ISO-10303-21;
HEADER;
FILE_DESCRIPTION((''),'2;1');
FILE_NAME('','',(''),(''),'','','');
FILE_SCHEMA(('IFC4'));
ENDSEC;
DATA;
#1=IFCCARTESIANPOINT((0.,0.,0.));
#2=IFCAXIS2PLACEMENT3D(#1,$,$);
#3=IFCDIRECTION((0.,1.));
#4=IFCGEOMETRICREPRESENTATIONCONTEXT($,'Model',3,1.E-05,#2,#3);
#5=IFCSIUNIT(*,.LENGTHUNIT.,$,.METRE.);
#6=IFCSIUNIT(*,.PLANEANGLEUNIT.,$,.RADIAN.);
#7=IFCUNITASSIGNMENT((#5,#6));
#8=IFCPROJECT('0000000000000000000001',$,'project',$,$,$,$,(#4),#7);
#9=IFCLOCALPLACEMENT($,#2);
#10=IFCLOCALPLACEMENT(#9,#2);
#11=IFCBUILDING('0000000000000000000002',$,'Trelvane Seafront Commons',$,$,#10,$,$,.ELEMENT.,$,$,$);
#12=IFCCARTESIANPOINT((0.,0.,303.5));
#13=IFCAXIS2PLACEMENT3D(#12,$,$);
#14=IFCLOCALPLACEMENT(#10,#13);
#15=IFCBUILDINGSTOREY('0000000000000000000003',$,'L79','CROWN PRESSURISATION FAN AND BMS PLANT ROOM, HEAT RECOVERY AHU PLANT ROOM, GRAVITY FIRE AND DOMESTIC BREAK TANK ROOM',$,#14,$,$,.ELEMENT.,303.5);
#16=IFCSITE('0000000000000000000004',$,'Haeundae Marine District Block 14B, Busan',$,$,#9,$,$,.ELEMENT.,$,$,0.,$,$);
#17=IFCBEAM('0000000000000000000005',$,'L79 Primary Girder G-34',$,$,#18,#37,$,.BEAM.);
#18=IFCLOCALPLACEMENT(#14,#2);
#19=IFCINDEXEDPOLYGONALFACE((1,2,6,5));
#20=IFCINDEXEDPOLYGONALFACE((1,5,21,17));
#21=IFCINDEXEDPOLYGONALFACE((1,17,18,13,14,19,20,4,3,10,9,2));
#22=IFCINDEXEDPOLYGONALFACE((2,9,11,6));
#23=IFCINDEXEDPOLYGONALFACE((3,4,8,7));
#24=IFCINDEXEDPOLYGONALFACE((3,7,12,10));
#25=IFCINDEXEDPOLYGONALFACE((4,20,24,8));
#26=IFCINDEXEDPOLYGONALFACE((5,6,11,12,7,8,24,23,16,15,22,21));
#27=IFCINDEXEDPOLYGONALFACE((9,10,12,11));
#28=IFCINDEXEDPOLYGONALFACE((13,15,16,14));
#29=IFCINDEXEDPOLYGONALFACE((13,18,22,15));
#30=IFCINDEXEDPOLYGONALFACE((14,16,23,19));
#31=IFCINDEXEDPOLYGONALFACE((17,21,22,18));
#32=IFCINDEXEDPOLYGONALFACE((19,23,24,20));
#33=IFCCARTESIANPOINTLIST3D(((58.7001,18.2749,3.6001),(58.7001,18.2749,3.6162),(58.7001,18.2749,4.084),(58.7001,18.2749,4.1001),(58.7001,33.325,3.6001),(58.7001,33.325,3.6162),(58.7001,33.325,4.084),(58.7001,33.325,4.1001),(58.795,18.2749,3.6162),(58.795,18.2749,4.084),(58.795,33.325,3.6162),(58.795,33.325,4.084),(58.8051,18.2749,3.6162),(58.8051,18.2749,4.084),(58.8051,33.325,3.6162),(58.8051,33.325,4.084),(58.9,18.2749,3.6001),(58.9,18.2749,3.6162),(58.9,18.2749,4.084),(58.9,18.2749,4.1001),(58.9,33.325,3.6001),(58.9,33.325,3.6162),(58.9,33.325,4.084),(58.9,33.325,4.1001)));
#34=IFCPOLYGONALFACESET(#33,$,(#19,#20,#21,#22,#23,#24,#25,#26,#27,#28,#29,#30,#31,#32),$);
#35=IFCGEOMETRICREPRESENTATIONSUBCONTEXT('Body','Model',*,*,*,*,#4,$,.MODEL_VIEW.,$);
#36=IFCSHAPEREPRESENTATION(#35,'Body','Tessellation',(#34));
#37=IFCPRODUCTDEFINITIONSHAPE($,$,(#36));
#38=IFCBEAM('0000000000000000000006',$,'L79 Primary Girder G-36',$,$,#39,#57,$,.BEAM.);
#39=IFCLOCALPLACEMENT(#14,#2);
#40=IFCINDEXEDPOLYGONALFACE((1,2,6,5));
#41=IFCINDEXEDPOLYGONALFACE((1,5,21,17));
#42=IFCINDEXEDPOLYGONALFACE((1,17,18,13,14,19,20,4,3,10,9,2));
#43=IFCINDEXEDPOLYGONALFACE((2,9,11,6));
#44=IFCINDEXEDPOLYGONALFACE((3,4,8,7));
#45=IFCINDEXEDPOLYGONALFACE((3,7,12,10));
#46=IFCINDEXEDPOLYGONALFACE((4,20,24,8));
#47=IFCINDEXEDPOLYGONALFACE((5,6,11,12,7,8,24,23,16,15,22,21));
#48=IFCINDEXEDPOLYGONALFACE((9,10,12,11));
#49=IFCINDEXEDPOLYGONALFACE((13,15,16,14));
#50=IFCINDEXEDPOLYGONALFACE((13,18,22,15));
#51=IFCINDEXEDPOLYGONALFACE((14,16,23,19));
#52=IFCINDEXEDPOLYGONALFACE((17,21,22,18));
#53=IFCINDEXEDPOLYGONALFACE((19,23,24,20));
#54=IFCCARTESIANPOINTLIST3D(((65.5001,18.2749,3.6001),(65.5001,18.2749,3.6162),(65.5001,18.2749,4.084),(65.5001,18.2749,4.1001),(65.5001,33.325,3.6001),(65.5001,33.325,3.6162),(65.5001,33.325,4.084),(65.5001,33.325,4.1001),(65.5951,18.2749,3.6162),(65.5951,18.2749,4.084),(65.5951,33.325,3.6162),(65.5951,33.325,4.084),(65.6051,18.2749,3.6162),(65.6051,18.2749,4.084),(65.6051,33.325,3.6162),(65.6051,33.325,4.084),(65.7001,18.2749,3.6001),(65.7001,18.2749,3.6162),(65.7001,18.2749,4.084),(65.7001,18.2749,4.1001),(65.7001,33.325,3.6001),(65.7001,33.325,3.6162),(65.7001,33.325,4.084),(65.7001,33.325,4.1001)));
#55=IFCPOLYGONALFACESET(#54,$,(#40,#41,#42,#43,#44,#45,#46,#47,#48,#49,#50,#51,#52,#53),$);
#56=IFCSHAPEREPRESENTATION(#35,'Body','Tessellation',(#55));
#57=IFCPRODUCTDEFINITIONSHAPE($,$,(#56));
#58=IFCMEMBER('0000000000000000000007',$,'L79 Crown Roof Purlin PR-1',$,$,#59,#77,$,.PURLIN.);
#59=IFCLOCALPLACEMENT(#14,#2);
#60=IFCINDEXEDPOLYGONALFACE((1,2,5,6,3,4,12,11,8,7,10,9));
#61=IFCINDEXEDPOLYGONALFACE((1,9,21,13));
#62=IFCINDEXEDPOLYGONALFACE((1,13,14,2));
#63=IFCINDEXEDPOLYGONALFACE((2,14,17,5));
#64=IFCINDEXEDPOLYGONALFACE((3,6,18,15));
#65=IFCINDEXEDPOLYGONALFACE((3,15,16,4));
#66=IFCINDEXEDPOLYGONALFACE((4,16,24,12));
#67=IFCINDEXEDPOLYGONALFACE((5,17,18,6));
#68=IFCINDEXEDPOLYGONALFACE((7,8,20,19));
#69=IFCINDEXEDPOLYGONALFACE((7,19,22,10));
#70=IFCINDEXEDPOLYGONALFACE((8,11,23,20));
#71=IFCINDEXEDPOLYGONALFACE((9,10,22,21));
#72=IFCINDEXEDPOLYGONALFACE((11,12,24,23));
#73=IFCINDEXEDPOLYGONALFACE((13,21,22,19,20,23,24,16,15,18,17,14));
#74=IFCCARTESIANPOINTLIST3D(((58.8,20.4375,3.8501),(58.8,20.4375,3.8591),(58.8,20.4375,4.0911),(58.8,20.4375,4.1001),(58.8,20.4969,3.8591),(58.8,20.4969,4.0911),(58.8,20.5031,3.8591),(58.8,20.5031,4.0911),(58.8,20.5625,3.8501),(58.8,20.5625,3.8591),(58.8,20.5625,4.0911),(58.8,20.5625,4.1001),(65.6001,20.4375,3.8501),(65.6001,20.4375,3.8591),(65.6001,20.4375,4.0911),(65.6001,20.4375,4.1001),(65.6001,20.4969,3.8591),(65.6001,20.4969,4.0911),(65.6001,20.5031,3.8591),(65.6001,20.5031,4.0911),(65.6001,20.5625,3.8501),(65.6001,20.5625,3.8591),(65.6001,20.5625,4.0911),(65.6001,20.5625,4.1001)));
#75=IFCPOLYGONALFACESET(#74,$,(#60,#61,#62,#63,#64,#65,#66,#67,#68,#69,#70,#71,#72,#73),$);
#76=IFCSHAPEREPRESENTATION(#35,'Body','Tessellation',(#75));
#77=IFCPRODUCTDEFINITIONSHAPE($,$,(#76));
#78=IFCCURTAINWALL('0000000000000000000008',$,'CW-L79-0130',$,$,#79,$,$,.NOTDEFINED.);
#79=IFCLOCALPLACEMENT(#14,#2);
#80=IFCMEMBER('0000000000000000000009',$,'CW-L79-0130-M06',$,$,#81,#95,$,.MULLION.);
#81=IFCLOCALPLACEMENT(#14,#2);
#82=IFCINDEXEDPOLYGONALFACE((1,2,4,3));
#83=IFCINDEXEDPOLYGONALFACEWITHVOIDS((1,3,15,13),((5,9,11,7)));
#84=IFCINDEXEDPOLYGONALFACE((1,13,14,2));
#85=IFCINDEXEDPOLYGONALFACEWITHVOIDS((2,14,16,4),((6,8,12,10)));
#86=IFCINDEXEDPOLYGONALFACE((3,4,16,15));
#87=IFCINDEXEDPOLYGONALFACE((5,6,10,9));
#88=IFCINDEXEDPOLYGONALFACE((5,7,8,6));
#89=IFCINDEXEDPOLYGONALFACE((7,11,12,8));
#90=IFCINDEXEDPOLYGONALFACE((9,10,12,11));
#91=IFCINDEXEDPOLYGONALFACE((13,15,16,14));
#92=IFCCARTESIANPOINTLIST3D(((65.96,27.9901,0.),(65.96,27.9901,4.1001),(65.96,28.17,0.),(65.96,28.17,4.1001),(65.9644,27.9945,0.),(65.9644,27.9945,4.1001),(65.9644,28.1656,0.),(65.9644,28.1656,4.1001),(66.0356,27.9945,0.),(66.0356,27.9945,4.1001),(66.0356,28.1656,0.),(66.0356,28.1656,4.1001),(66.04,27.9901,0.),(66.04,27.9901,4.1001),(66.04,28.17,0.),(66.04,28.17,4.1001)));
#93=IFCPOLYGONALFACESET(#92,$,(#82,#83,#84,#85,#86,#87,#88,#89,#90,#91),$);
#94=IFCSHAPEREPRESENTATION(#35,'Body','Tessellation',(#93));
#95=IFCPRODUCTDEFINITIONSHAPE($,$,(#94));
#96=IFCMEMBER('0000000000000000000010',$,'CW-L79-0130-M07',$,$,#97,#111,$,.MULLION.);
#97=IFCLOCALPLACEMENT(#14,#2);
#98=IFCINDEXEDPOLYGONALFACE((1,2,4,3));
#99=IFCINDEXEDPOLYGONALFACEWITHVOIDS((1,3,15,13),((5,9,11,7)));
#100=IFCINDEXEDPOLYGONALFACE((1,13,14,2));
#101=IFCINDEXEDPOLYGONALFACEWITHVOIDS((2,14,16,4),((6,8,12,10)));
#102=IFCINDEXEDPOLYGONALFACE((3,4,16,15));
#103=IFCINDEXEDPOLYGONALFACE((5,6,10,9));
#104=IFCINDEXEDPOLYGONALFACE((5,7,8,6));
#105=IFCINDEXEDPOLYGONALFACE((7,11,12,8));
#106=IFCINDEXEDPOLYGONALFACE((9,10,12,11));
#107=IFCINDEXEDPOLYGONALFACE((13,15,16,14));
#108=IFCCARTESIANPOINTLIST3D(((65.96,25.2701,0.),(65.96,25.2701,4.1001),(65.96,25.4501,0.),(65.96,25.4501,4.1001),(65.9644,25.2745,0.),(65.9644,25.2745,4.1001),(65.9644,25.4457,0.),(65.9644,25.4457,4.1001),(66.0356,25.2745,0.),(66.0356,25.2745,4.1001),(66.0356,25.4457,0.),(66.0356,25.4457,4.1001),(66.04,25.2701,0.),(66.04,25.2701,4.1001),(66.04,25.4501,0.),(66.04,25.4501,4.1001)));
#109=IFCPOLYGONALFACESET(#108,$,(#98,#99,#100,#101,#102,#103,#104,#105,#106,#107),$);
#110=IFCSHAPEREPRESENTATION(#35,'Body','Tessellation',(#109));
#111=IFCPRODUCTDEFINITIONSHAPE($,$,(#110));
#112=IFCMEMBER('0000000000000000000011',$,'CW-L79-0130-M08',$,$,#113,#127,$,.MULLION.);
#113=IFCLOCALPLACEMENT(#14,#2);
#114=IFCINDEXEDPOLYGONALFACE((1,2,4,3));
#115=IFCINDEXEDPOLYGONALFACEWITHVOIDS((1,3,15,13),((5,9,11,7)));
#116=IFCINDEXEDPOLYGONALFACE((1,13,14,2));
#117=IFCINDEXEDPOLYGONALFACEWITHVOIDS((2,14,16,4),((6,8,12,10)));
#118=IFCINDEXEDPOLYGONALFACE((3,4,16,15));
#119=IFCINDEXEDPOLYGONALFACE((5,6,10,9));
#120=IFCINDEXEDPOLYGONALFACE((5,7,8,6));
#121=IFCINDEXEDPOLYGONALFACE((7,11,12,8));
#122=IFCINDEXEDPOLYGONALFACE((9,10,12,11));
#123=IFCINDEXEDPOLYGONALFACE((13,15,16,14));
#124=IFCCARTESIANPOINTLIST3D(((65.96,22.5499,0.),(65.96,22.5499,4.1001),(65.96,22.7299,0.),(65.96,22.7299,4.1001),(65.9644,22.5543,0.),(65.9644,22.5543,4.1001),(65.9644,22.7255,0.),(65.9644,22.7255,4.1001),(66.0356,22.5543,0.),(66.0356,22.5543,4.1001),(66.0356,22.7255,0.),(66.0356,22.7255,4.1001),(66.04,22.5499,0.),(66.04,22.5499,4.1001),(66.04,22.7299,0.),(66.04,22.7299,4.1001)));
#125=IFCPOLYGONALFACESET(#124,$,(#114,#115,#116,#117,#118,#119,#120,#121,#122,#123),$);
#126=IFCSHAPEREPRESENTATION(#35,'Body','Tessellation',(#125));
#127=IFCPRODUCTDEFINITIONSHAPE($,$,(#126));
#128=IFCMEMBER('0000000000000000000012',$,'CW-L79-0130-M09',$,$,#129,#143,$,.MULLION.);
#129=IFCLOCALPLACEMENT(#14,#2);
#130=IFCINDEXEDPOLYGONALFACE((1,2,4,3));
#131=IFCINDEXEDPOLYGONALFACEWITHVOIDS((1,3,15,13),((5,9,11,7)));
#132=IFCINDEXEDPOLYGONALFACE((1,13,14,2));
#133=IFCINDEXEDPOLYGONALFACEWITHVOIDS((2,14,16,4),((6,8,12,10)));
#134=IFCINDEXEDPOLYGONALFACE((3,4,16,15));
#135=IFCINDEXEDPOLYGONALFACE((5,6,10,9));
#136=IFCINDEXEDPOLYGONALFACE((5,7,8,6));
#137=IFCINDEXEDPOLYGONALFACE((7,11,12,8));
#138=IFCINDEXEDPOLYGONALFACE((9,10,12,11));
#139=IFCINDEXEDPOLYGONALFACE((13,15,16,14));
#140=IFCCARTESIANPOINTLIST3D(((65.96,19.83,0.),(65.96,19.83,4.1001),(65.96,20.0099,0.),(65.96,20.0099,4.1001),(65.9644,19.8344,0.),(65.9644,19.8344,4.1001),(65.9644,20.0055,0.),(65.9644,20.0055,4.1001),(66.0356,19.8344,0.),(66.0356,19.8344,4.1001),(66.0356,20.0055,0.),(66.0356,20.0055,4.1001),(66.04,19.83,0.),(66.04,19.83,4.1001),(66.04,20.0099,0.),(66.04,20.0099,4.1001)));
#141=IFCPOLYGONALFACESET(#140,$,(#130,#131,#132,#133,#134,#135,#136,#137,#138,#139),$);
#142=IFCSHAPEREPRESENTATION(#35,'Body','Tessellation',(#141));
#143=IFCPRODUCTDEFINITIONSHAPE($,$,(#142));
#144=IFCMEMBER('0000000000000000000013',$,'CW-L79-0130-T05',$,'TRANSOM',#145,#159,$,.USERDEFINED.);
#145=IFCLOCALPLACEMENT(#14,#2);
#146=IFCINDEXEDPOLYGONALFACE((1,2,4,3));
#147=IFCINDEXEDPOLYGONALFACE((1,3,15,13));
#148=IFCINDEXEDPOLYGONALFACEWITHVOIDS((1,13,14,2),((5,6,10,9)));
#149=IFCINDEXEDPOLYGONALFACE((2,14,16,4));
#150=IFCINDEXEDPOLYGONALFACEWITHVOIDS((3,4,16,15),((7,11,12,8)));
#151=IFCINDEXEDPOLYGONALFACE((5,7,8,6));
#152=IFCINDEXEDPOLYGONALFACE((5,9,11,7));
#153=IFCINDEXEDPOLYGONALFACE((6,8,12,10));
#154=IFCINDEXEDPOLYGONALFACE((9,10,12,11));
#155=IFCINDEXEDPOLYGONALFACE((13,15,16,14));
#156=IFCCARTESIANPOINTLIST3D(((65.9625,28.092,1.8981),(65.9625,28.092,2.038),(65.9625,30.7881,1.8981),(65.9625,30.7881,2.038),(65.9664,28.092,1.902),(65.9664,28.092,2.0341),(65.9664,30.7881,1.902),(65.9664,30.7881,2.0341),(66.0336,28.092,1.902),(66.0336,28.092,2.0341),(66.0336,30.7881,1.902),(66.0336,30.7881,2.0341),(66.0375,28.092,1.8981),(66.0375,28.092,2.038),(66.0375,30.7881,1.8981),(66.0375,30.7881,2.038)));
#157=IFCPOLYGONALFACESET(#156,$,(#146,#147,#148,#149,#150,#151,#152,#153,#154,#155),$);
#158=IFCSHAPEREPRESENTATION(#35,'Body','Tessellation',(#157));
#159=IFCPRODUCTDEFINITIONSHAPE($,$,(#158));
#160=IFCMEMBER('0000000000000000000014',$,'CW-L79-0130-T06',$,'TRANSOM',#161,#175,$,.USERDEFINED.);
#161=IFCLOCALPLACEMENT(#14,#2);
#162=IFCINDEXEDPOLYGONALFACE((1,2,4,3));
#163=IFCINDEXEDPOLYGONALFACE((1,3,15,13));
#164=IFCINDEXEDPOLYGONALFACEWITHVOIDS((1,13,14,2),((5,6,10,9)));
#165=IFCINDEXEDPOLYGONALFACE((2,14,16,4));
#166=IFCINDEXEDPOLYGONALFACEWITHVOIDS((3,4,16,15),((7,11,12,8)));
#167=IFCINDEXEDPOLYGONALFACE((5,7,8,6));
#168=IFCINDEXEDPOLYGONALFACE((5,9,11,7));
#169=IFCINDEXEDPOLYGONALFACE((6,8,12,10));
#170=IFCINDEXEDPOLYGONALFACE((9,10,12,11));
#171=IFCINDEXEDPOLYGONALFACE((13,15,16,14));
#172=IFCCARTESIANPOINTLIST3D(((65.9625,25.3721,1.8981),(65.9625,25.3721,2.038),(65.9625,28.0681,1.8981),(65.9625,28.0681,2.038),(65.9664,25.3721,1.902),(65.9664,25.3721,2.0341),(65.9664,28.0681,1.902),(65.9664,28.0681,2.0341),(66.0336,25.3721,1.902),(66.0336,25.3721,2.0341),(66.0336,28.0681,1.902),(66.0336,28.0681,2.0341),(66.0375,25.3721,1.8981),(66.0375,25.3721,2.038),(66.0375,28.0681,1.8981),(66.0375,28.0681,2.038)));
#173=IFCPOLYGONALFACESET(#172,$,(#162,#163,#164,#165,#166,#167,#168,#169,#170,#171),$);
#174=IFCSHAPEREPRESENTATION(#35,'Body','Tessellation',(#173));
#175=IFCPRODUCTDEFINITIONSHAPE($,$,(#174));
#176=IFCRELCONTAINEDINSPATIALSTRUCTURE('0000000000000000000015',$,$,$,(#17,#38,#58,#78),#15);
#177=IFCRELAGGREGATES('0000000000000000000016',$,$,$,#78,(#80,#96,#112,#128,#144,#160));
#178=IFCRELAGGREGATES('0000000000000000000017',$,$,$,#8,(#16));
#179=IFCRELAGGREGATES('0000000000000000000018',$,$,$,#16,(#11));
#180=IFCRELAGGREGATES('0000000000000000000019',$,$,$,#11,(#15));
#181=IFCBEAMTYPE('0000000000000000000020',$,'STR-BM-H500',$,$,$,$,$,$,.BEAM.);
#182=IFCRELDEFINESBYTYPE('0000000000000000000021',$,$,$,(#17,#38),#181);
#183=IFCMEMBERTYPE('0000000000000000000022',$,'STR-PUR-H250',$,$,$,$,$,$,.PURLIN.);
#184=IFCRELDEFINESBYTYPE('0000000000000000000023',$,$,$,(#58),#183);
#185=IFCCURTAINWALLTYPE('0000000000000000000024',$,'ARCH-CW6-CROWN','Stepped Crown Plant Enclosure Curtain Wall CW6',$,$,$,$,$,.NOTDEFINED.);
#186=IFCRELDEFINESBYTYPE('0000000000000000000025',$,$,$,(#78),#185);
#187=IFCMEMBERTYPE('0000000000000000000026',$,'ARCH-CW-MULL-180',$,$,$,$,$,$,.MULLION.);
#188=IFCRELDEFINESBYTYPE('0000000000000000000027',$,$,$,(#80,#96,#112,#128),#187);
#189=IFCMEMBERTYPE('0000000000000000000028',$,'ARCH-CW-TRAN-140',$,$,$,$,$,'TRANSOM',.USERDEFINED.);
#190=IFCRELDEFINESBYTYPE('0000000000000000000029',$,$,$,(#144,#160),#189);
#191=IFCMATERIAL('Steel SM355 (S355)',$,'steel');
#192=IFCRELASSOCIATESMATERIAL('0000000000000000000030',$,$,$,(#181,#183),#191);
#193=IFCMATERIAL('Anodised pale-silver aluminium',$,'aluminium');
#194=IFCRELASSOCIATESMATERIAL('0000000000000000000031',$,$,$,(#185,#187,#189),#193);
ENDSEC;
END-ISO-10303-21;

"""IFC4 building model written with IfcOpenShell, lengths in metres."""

from ifc_helpers import new_model, si_unit, direction, frame, origin, origin_2d, place, context, subcontext, project, spatial, hollow_rectangle, i_section, extrude, source, transform, mapped, material, material_profile, profile_set, type_object, element, aggregate, save


model = new_model("IFC4")

# Units and contexts
model_context = context("Model", 3, precision=1e-05, world=origin(), true_north=direction((0.0, 1.0)))
body_context = subcontext(model_context, "Body", "Model", "MODEL_VIEW")
ifc_project = project(units=[si_unit("LENGTHUNIT", "METRE"), si_unit("PLANEANGLEUNIT", "RADIAN")], contexts=[model_context])

# Site, building, storey
site_placement = place(None, origin())
site = spatial("IfcSite", under=ifc_project, at=site_placement, Name="Haeundae Marine District Block 14B, Busan", CompositionType="ELEMENT", RefElevation=0.0)
building_placement = place(site_placement, origin())
building = spatial("IfcBuilding", under=site, at=building_placement, Name="Trelvane Seafront Commons", CompositionType="ELEMENT")
storey_placement = place(building_placement, frame((0.0, 0.0, 303.5)))
storey = spatial("IfcBuildingStorey", under=building, at=storey_placement, Name="L79", Description="CROWN PRESSURISATION FAN AND BMS PLANT ROOM, HEAT RECOVERY AHU PLANT ROOM, GRAVITY FIRE AND DOMESTIC BREAK TANK ROOM", CompositionType="ELEMENT", Elevation=303.5)

# Beams
ifc_material_1 = material(Name="Steel SM355 (S355)", Category="steel")
ifc_material_profile_1 = material_profile(ifc_material_1, i_section(OverallWidth=0.2, OverallDepth=0.5, WebThickness=0.01, FlangeThickness=0.0161, at=origin_2d()), Name="H-500x200x10x16")
ifc_profile_set_1 = profile_set([ifc_material_profile_1], Name="Steel SM355 (S355)")
beam_type = type_object("IfcBeamType", Name="STR-BM-H500", PredefinedType="BEAM", material=ifc_profile_set_1)
shared_shape_1 = source(origin(), body_context, "Body", "SweptSolid", [
    extrude(i_section(OverallWidth=0.2, OverallDepth=0.5, WebThickness=0.01, FlangeThickness=0.0161, at=origin_2d()), origin(), (0.0, 0.0, 1.0), 15.05),
])
for number, where, z_axis, x_axis, name in (
    (1, (58.8, 18.2749, 3.8501), (0.0, 1.0, 0.0), (-1.0, 0.0, 0.0), "L79 Primary Girder G-34"),
    (2, (65.6001, 18.2749, 3.8501), (0.0, 1.0, 0.0), (-1.0, 0.0, 0.0), "L79 Primary Girder G-36"),
):
    element("IfcBeam", number, at=place(storey_placement, frame(where, z_axis=z_axis, x_axis=x_axis)), inside=storey, type_object=beam_type, Name=name, PredefinedType="BEAM", context=body_context, shape_type="MappedRepresentation", body=[
        mapped(shared_shape_1, transform((0.0, 0.0, 0.0), x_axis=(1.0, 0.0, 0.0), y_axis=(0.0, 1.0, 0.0), z_axis=(0.0, 0.0, 1.0), scale=1.0)),
    ])

# Member
ifc_material_profile_2 = material_profile(ifc_material_1, i_section(OverallWidth=0.125, OverallDepth=0.25, WebThickness=0.0061, FlangeThickness=0.009, at=origin_2d()), Name="H-250x125x6x9")
ifc_profile_set_2 = profile_set([ifc_material_profile_2], Name="Steel SM355 (S355)")
member_type_1 = type_object("IfcMemberType", Name="STR-PUR-H250", PredefinedType="PURLIN", material=ifc_profile_set_2)
shared_shape_2 = source(origin(), body_context, "Body", "SweptSolid", [
    extrude(i_section(OverallWidth=0.125, OverallDepth=0.25, WebThickness=0.0061, FlangeThickness=0.009, at=origin_2d()), origin(), (0.0, 0.0, 1.0), 6.8),
])
member_1_placement = place(storey_placement, frame((58.8, 20.5, 3.9751), z_axis=(1.0, 0.0, 0.0), x_axis=(0.0, 1.0, 0.0)))
element("IfcMember", 3, at=member_1_placement, inside=storey, type_object=member_type_1, Name="L79 Crown Roof Purlin PR-1", PredefinedType="PURLIN", context=body_context, shape_type="MappedRepresentation", body=[
    mapped(shared_shape_2, transform((0.0, 0.0, 0.0), x_axis=(1.0, 0.0, 0.0), y_axis=(0.0, 1.0, 0.0), z_axis=(0.0, 0.0, 1.0), scale=1.0)),
])

# Curtain wall, members
ifc_material_2 = material(Name="Anodised pale-silver aluminium", Category="aluminium")
curtain_wall_type = type_object("IfcCurtainWallType", Name="ARCH-CW6-CROWN", Description="Stepped Crown Plant Enclosure Curtain Wall CW6", PredefinedType="NOTDEFINED", material=ifc_material_2)
curtain_wall_placement = place(storey_placement, origin())
curtain_wall = element("IfcCurtainWall", 4, at=curtain_wall_placement, inside=storey, type_object=curtain_wall_type, Name="CW-L79-0130", PredefinedType="NOTDEFINED")
ifc_material_profile_3 = material_profile(ifc_material_2, hollow_rectangle(XDim=0.0801, YDim=0.1799, WallThickness=0.0044, at=origin_2d()), Name="MULL-80x180x4.5")
ifc_profile_set_3 = profile_set([ifc_material_profile_3], Name="Anodised pale-silver aluminium")
member_type_2 = type_object("IfcMemberType", Name="ARCH-CW-MULL-180", PredefinedType="MULLION", material=ifc_profile_set_3)
shared_shape_3 = source(origin(), body_context, "Body", "SweptSolid", [
    extrude(hollow_rectangle(XDim=0.0801, YDim=0.1799, WallThickness=0.0044, at=origin_2d()), origin(), (0.0, 0.0, 1.0), 4.1001),
])
member_2_placement = place(storey_placement, frame((66.0, 28.0801, 0.0), z_axis=(0.0, 0.0, 1.0), x_axis=(1.0, 0.0, 0.0)))
member_2 = element("IfcMember", 5, at=member_2_placement, type_object=member_type_2, Name="CW-L79-0130-M06", PredefinedType="MULLION", context=body_context, shape_type="MappedRepresentation", body=[
    mapped(shared_shape_3, transform((0.0, 0.0, 0.0), x_axis=(1.0, 0.0, 0.0), y_axis=(0.0, 1.0, 0.0), z_axis=(0.0, 0.0, 1.0), scale=1.0)),
])
member_3_placement = place(storey_placement, frame((66.0, 25.3601, 0.0), z_axis=(0.0, 0.0, 1.0), x_axis=(1.0, 0.0, 0.0)))
member_3 = element("IfcMember", 6, at=member_3_placement, type_object=member_type_2, Name="CW-L79-0130-M07", PredefinedType="MULLION", context=body_context, shape_type="MappedRepresentation", body=[
    mapped(shared_shape_3, transform((0.0, 0.0, 0.0), x_axis=(1.0, 0.0, 0.0), y_axis=(0.0, 1.0, 0.0), z_axis=(0.0, 0.0, 1.0), scale=1.0)),
])
member_4_placement = place(storey_placement, frame((66.0, 22.6399, 0.0), z_axis=(0.0, 0.0, 1.0), x_axis=(1.0, 0.0, 0.0)))
member_4 = element("IfcMember", 7, at=member_4_placement, type_object=member_type_2, Name="CW-L79-0130-M08", PredefinedType="MULLION", context=body_context, shape_type="MappedRepresentation", body=[
    mapped(shared_shape_3, transform((0.0, 0.0, 0.0), x_axis=(1.0, 0.0, 0.0), y_axis=(0.0, 1.0, 0.0), z_axis=(0.0, 0.0, 1.0), scale=1.0)),
])
member_5_placement = place(storey_placement, frame((66.0, 19.9199, 0.0), z_axis=(0.0, 0.0, 1.0), x_axis=(1.0, 0.0, 0.0)))
member_5 = element("IfcMember", 8, at=member_5_placement, type_object=member_type_2, Name="CW-L79-0130-M09", PredefinedType="MULLION", context=body_context, shape_type="MappedRepresentation", body=[
    mapped(shared_shape_3, transform((0.0, 0.0, 0.0), x_axis=(1.0, 0.0, 0.0), y_axis=(0.0, 1.0, 0.0), z_axis=(0.0, 0.0, 1.0), scale=1.0)),
])
ifc_material_profile_4 = material_profile(ifc_material_2, hollow_rectangle(XDim=0.075, YDim=0.1399, WallThickness=0.0039, at=origin_2d()), Name="TRAN-75x140x4")
ifc_profile_set_4 = profile_set([ifc_material_profile_4], Name="Anodised pale-silver aluminium")
member_type_3 = type_object("IfcMemberType", Name="ARCH-CW-TRAN-140", ElementType="TRANSOM", PredefinedType="USERDEFINED", material=ifc_profile_set_4)
shared_shape_4 = source(origin(), body_context, "Body", "SweptSolid", [
    extrude(hollow_rectangle(XDim=0.075, YDim=0.1399, WallThickness=0.0039, at=origin_2d()), origin(), (0.0, 0.0, 1.0), 2.696),
])
member_6_placement = place(storey_placement, frame((66.0, 30.7881, 1.968), z_axis=(0.0, -1.0, 0.0), x_axis=(1.0, 0.0, 0.0)))
member_6 = element("IfcMember", 9, at=member_6_placement, type_object=member_type_3, Name="CW-L79-0130-T05", ObjectType="TRANSOM", PredefinedType="USERDEFINED", context=body_context, shape_type="MappedRepresentation", body=[
    mapped(shared_shape_4, transform((0.0, 0.0, 0.0), x_axis=(1.0, 0.0, 0.0), y_axis=(0.0, 1.0, 0.0), z_axis=(0.0, 0.0, 1.0), scale=1.0)),
])
member_7_placement = place(storey_placement, frame((66.0, 28.0681, 1.968), z_axis=(0.0, -1.0, 0.0), x_axis=(1.0, 0.0, 0.0)))
member_7 = element("IfcMember", 10, at=member_7_placement, type_object=member_type_3, Name="CW-L79-0130-T06", ObjectType="TRANSOM", PredefinedType="USERDEFINED", context=body_context, shape_type="MappedRepresentation", body=[
    mapped(shared_shape_4, transform((0.0, 0.0, 0.0), x_axis=(1.0, 0.0, 0.0), y_axis=(0.0, 1.0, 0.0), z_axis=(0.0, 0.0, 1.0), scale=1.0)),
])
aggregate(curtain_wall, [member_2, member_3, member_4, member_5, member_6, member_7])

save(model, "model.ifc")
